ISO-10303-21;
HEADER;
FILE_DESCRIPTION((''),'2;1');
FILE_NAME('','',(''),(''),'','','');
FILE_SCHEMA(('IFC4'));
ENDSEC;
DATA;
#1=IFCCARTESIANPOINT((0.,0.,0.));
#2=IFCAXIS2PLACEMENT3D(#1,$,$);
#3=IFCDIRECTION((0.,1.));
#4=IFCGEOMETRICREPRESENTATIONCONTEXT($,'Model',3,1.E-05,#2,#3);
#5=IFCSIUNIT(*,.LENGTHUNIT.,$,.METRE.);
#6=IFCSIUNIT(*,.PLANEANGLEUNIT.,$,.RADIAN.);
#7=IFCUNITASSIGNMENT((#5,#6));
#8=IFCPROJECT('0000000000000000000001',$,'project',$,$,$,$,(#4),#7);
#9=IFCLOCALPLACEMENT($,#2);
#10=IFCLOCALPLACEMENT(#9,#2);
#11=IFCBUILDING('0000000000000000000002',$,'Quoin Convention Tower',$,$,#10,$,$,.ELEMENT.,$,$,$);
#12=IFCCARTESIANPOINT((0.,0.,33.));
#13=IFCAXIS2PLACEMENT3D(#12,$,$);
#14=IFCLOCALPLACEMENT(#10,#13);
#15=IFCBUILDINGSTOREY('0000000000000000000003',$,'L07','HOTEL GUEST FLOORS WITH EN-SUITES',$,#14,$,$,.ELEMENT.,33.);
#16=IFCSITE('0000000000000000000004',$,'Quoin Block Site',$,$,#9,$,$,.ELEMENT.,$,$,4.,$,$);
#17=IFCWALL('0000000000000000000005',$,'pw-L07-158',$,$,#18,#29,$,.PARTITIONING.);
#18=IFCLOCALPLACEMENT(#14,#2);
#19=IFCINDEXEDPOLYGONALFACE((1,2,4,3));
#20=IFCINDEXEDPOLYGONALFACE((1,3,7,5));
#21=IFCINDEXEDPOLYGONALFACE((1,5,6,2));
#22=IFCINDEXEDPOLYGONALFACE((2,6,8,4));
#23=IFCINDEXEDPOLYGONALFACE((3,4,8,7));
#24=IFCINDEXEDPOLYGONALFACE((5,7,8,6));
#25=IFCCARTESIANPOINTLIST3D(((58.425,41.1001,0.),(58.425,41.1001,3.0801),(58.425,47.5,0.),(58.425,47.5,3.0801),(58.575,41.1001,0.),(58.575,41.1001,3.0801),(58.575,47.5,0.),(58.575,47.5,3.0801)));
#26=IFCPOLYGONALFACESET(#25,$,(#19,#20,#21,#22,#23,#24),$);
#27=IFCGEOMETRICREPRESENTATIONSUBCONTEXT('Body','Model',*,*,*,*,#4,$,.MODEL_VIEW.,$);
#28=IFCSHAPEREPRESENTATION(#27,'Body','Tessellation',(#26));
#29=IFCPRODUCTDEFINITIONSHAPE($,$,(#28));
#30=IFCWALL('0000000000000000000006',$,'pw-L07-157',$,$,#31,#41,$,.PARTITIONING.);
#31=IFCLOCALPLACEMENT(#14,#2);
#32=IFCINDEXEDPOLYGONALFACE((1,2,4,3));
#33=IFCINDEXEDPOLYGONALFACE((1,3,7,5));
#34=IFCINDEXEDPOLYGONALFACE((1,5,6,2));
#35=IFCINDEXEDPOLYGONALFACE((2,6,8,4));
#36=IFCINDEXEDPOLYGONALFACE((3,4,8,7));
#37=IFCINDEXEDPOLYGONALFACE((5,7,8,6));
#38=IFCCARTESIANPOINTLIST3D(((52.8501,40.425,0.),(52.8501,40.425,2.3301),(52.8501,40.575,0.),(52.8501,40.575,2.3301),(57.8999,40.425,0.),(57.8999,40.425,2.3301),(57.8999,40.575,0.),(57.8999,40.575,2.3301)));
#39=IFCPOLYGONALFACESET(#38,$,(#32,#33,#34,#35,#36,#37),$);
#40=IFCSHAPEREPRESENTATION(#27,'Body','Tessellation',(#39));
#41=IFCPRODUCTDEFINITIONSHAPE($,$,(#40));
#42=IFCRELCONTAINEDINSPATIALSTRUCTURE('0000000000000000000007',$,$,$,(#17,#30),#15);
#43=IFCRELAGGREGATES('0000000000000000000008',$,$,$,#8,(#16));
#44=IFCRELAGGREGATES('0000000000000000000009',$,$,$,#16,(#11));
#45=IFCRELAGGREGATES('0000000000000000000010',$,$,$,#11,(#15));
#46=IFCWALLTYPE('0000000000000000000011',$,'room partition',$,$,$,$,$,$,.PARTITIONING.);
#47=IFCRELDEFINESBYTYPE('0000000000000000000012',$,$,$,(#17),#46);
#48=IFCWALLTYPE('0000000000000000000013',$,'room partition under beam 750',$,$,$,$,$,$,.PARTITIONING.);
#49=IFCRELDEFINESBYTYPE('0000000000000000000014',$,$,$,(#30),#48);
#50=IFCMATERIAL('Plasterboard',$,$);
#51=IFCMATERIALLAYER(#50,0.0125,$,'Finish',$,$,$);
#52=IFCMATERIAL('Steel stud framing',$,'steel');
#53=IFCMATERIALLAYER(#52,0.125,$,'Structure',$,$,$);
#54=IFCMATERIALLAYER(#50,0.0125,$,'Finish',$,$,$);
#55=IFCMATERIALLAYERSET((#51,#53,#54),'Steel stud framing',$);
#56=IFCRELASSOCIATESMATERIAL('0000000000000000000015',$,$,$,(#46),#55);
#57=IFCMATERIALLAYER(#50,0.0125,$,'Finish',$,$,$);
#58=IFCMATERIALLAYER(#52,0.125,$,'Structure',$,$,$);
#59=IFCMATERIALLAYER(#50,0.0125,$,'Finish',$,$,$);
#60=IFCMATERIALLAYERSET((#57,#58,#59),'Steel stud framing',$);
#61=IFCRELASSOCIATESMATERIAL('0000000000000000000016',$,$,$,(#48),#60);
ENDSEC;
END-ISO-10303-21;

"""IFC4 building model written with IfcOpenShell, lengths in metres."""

from ifc_helpers import new_model, si_unit, direction, frame, frame_2d, origin, place, context, subcontext, project, spatial, rectangle, extrude, material, layer, layer_set, type_object, element, save


model = new_model("IFC4")

# Units and contexts
model_context = context("Model", 3, precision=1e-05, world=origin(), true_north=direction((0.0, 1.0)))
body_context = subcontext(model_context, "Body", "Model", "MODEL_VIEW")
ifc_project = project(units=[si_unit("LENGTHUNIT", "METRE"), si_unit("PLANEANGLEUNIT", "RADIAN")], contexts=[model_context])

# Site, building, storey
site_placement = place(None, origin())
site = spatial("IfcSite", under=ifc_project, at=site_placement, Name="Quoin Block Site", CompositionType="ELEMENT", RefElevation=4.0)
building_placement = place(site_placement, origin())
building = spatial("IfcBuilding", under=site, at=building_placement, Name="Quoin Convention Tower", CompositionType="ELEMENT")
storey_placement = place(building_placement, frame((0.0, 0.0, 33.0)))
storey = spatial("IfcBuildingStorey", under=building, at=storey_placement, Name="L07", Description="HOTEL GUEST FLOORS WITH EN-SUITES", CompositionType="ELEMENT", Elevation=33.0)

# Walls
ifc_material_1 = material(Name="Plasterboard")
ifc_layer_1 = layer(ifc_material_1, 0.0125, Name="Finish")
ifc_material_2 = material(Name="Steel stud framing", Category="steel")
ifc_layer_2 = layer(ifc_material_2, 0.125, Name="Structure")
ifc_layer_3 = layer(ifc_material_1, 0.0125, Name="Finish")
ifc_layer_set_1 = layer_set([ifc_layer_1, ifc_layer_2, ifc_layer_3], Name="Steel stud framing")
wall_type_1 = type_object("IfcWallType", Name="room partition", PredefinedType="PARTITIONING", material=ifc_layer_set_1)
wall_1_placement = place(storey_placement, frame((58.5, 41.1001, 0.0), z_axis=(0.0, 0.0, 1.0), x_axis=(0.0, 1.0, 0.0)))
element("IfcWall", 1, at=wall_1_placement, inside=storey, type_object=wall_type_1, Name="pw-L07-158", PredefinedType="PARTITIONING", context=body_context, shape_type="SweptSolid", body=[
    extrude(rectangle(XDim=6.3999, YDim=0.1499, at=frame_2d((3.2, 0.0))), origin(), (0.0, 0.0, 1.0), 3.0801),
])
ifc_layer_4 = layer(ifc_material_1, 0.0125, Name="Finish")
ifc_layer_5 = layer(ifc_material_2, 0.125, Name="Structure")
ifc_layer_6 = layer(ifc_material_1, 0.0125, Name="Finish")
ifc_layer_set_2 = layer_set([ifc_layer_4, ifc_layer_5, ifc_layer_6], Name="Steel stud framing")
wall_type_2 = type_object("IfcWallType", Name="room partition under beam 750", PredefinedType="PARTITIONING", material=ifc_layer_set_2)
wall_2_placement = place(storey_placement, frame((52.8501, 40.5, 0.0), z_axis=(0.0, 0.0, 1.0), x_axis=(1.0, 0.0, 0.0)))
element("IfcWall", 2, at=wall_2_placement, inside=storey, type_object=wall_type_2, Name="pw-L07-157", PredefinedType="PARTITIONING", context=body_context, shape_type="SweptSolid", body=[
    extrude(rectangle(XDim=5.0498, YDim=0.1499, at=frame_2d((2.5249, 0.0))), origin(), (0.0, 0.0, 1.0), 2.3301),
])

save(model, "model.ifc")
